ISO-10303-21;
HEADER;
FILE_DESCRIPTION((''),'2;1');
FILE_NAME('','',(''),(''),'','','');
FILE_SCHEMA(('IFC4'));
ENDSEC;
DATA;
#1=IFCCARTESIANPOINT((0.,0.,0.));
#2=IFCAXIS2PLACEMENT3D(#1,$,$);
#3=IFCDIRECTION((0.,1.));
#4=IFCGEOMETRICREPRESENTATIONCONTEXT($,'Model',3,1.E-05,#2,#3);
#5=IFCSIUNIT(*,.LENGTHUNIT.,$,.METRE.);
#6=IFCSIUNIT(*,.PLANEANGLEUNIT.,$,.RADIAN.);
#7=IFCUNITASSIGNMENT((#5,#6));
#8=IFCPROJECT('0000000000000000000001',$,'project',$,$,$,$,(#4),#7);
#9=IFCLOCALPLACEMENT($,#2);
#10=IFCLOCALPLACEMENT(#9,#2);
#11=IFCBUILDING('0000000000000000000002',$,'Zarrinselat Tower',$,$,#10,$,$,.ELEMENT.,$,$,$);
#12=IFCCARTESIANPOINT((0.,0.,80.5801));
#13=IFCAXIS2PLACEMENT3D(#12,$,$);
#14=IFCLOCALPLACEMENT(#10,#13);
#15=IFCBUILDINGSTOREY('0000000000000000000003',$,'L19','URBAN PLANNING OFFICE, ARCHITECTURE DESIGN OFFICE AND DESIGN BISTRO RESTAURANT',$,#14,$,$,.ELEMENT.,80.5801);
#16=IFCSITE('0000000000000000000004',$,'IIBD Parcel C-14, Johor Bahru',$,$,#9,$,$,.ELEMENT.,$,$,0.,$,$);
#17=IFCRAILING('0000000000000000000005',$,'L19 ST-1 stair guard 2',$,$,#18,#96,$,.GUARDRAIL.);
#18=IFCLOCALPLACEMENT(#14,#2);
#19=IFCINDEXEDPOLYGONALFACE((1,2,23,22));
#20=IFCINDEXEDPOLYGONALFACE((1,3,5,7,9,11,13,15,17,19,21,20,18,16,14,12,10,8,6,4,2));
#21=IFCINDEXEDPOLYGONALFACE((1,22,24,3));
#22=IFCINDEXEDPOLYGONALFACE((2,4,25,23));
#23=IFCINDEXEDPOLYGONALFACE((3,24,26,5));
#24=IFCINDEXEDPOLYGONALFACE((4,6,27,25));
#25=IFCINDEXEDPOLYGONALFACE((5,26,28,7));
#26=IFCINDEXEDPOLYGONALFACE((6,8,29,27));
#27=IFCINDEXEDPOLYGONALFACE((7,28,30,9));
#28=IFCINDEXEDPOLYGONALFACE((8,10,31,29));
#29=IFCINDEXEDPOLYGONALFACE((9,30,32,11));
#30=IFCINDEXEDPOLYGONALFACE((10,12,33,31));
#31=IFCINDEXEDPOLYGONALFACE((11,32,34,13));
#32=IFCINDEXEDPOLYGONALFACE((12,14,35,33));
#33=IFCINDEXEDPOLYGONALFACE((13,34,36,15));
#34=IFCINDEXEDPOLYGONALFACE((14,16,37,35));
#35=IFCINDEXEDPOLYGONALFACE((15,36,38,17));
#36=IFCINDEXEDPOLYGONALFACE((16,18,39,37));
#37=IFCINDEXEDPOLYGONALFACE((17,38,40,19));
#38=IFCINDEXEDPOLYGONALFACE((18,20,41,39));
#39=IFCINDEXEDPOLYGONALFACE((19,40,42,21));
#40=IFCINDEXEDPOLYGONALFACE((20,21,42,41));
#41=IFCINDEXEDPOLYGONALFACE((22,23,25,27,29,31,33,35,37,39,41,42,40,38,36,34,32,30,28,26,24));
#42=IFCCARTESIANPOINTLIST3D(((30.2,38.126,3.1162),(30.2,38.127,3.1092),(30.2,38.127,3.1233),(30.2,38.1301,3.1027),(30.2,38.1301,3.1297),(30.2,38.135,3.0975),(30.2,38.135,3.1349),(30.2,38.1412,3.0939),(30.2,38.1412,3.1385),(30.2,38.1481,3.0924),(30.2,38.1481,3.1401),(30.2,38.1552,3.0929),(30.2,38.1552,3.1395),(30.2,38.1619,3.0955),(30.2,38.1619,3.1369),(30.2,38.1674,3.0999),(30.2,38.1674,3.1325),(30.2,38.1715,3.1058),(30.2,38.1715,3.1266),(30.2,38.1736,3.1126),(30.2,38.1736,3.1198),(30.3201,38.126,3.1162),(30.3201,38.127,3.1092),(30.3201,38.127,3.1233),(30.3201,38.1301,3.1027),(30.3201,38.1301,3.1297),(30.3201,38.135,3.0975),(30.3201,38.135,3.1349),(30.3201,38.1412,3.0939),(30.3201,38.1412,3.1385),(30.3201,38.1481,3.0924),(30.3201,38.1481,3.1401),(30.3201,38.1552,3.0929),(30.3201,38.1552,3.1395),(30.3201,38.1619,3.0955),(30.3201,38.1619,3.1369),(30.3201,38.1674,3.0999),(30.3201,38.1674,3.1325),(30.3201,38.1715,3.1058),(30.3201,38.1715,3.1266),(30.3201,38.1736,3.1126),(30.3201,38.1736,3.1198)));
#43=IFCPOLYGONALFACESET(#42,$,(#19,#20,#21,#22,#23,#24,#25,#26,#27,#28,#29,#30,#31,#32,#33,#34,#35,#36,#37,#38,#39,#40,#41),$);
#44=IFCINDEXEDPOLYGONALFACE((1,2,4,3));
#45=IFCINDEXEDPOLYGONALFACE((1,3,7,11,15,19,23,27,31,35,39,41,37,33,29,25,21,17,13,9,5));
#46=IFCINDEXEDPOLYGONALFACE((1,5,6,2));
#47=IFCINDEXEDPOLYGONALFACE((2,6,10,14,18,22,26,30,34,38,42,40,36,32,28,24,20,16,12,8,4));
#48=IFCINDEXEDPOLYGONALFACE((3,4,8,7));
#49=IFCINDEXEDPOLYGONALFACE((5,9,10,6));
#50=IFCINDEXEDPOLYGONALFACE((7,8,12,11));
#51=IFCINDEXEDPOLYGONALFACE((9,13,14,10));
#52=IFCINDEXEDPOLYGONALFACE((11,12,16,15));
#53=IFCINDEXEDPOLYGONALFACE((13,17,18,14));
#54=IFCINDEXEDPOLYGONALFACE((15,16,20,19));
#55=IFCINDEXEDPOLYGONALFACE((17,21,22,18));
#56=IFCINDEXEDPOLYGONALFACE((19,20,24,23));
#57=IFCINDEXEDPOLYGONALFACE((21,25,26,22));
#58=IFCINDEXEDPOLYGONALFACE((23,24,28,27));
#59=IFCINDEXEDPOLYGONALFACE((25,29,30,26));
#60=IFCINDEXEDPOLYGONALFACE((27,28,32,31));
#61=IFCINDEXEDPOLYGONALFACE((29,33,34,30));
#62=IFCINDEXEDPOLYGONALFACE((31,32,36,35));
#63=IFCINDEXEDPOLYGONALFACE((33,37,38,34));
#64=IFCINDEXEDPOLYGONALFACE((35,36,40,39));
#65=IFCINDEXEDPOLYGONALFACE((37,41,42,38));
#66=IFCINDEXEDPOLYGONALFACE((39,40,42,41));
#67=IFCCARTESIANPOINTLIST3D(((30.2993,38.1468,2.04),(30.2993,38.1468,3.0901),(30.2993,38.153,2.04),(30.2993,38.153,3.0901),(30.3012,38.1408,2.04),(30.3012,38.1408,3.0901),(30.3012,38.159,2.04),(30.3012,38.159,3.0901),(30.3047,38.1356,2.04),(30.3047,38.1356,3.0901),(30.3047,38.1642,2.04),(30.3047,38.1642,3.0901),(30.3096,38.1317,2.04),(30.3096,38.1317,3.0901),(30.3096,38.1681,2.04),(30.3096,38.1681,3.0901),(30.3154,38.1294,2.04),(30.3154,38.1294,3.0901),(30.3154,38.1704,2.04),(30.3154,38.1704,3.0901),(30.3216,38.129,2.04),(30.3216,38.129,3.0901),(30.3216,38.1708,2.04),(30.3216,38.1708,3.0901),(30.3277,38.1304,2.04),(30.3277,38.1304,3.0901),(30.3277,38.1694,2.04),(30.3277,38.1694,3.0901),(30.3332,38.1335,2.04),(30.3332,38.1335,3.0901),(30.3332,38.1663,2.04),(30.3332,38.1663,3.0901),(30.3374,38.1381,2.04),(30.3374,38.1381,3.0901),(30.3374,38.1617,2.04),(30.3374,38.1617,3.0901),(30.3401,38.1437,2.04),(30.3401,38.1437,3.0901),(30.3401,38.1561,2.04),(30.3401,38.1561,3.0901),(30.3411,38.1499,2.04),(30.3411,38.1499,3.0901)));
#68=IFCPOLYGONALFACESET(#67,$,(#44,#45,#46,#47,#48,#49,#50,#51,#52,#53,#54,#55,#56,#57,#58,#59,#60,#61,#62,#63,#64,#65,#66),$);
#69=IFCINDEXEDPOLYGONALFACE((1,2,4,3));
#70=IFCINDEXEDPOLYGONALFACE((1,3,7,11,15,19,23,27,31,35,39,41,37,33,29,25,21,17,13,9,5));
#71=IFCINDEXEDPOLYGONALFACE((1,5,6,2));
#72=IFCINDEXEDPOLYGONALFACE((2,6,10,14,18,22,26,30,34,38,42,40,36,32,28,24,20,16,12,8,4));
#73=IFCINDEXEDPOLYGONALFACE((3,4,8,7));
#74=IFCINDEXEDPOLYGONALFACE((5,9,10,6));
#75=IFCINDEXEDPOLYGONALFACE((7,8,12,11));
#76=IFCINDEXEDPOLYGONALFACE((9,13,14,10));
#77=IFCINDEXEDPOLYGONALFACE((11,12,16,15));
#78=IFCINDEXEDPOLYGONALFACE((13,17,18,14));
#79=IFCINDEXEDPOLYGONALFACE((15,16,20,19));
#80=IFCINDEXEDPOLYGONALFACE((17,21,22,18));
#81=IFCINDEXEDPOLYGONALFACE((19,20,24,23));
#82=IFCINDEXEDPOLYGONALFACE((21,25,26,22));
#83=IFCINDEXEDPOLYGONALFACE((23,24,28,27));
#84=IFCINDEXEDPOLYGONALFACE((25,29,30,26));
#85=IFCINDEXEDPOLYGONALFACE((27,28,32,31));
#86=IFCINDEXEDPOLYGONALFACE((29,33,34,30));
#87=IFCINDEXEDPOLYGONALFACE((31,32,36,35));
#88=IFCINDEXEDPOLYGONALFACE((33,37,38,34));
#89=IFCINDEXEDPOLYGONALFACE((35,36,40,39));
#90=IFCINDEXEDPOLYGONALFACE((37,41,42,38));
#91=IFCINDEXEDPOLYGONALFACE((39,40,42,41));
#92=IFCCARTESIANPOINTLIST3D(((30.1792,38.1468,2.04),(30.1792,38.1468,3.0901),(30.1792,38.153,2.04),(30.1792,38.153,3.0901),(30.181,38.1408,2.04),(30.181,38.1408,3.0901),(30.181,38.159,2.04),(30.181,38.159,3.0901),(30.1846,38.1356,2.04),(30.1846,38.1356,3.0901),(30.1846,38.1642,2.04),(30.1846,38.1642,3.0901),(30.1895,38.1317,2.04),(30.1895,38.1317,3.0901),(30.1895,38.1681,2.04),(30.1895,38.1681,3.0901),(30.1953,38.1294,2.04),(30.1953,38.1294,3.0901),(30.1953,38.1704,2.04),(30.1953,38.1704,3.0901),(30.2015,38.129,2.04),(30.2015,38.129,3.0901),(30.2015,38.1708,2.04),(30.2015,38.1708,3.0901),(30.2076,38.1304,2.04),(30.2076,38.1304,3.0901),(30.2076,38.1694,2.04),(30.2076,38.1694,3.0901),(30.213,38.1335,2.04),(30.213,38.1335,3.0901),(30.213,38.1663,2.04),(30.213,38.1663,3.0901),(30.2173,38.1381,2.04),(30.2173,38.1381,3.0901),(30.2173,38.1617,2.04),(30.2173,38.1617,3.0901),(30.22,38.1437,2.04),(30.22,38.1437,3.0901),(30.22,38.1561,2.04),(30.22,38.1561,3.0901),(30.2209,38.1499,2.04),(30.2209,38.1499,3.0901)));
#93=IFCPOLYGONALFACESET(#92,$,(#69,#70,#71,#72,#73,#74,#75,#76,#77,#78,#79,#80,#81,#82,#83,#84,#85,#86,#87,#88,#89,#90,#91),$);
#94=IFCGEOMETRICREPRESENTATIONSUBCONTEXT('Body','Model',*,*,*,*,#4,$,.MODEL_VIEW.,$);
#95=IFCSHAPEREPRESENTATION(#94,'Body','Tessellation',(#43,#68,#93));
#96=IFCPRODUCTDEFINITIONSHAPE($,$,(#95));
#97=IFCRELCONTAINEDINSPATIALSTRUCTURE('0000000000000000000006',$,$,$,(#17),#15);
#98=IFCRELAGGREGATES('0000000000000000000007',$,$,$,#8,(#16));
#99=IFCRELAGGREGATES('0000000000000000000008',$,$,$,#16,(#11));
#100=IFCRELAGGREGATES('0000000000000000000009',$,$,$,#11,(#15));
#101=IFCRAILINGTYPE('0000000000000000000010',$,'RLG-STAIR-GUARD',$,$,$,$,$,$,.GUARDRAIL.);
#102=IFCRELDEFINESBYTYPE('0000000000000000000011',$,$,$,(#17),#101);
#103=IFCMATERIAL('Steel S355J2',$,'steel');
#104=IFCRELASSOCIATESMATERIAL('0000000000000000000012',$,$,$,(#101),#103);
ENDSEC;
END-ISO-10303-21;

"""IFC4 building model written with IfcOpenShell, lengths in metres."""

from ifc_helpers import new_model, si_unit, direction, frame, origin, origin_2d, place, context, subcontext, project, spatial, circle, extrude, material, type_object, element, save


model = new_model("IFC4")

# Units and contexts
model_context = context("Model", 3, precision=1e-05, world=origin(), true_north=direction((0.0, 1.0)))
body_context = subcontext(model_context, "Body", "Model", "MODEL_VIEW")
ifc_project = project(units=[si_unit("LENGTHUNIT", "METRE"), si_unit("PLANEANGLEUNIT", "RADIAN")], contexts=[model_context])

# Site, building, storey
site_placement = place(None, origin())
site = spatial("IfcSite", under=ifc_project, at=site_placement, Name="IIBD Parcel C-14, Johor Bahru", CompositionType="ELEMENT", RefElevation=0.0)
building_placement = place(site_placement, origin())
building = spatial("IfcBuilding", under=site, at=building_placement, Name="Zarrinselat Tower", CompositionType="ELEMENT")
storey_placement = place(building_placement, frame((0.0, 0.0, 80.5801)))
storey = spatial("IfcBuildingStorey", under=building, at=storey_placement, Name="L19", Description="URBAN PLANNING OFFICE, ARCHITECTURE DESIGN OFFICE AND DESIGN BISTRO RESTAURANT", CompositionType="ELEMENT", Elevation=80.5801)

# Railing
ifc_material_1 = material(Name="Steel S355J2", Category="steel")
railing_type_1 = type_object("IfcRailingType", Name="RLG-STAIR-GUARD", PredefinedType="GUARDRAIL", material=ifc_material_1)
railing_1_placement = place(storey_placement, frame((30.3201, 38.1499, 2.04)))
element("IfcRailing", 1, at=railing_1_placement, inside=storey, type_object=railing_type_1, Name="L19 ST-1 stair guard 2", PredefinedType="GUARDRAIL", context=body_context, shape_type="SweptSolid", body=[
    extrude(circle(Radius=0.0239, at=origin_2d()), frame((0.0, 0.0, 1.0762), z_axis=(-1.0, 0.0, 0.0), x_axis=(0.0, -1.0, 0.0)), (0.0, 0.0, 1.0), 0.1201),
    extrude(circle(Radius=0.021, at=origin_2d()), origin(), (0.0, 0.0, 1.0), 1.05),
    extrude(circle(Radius=0.021, at=origin_2d()), frame((-0.1201, 0.0, 0.0)), (0.0, 0.0, 1.0), 1.05),
])

save(model, "model.ifc")
